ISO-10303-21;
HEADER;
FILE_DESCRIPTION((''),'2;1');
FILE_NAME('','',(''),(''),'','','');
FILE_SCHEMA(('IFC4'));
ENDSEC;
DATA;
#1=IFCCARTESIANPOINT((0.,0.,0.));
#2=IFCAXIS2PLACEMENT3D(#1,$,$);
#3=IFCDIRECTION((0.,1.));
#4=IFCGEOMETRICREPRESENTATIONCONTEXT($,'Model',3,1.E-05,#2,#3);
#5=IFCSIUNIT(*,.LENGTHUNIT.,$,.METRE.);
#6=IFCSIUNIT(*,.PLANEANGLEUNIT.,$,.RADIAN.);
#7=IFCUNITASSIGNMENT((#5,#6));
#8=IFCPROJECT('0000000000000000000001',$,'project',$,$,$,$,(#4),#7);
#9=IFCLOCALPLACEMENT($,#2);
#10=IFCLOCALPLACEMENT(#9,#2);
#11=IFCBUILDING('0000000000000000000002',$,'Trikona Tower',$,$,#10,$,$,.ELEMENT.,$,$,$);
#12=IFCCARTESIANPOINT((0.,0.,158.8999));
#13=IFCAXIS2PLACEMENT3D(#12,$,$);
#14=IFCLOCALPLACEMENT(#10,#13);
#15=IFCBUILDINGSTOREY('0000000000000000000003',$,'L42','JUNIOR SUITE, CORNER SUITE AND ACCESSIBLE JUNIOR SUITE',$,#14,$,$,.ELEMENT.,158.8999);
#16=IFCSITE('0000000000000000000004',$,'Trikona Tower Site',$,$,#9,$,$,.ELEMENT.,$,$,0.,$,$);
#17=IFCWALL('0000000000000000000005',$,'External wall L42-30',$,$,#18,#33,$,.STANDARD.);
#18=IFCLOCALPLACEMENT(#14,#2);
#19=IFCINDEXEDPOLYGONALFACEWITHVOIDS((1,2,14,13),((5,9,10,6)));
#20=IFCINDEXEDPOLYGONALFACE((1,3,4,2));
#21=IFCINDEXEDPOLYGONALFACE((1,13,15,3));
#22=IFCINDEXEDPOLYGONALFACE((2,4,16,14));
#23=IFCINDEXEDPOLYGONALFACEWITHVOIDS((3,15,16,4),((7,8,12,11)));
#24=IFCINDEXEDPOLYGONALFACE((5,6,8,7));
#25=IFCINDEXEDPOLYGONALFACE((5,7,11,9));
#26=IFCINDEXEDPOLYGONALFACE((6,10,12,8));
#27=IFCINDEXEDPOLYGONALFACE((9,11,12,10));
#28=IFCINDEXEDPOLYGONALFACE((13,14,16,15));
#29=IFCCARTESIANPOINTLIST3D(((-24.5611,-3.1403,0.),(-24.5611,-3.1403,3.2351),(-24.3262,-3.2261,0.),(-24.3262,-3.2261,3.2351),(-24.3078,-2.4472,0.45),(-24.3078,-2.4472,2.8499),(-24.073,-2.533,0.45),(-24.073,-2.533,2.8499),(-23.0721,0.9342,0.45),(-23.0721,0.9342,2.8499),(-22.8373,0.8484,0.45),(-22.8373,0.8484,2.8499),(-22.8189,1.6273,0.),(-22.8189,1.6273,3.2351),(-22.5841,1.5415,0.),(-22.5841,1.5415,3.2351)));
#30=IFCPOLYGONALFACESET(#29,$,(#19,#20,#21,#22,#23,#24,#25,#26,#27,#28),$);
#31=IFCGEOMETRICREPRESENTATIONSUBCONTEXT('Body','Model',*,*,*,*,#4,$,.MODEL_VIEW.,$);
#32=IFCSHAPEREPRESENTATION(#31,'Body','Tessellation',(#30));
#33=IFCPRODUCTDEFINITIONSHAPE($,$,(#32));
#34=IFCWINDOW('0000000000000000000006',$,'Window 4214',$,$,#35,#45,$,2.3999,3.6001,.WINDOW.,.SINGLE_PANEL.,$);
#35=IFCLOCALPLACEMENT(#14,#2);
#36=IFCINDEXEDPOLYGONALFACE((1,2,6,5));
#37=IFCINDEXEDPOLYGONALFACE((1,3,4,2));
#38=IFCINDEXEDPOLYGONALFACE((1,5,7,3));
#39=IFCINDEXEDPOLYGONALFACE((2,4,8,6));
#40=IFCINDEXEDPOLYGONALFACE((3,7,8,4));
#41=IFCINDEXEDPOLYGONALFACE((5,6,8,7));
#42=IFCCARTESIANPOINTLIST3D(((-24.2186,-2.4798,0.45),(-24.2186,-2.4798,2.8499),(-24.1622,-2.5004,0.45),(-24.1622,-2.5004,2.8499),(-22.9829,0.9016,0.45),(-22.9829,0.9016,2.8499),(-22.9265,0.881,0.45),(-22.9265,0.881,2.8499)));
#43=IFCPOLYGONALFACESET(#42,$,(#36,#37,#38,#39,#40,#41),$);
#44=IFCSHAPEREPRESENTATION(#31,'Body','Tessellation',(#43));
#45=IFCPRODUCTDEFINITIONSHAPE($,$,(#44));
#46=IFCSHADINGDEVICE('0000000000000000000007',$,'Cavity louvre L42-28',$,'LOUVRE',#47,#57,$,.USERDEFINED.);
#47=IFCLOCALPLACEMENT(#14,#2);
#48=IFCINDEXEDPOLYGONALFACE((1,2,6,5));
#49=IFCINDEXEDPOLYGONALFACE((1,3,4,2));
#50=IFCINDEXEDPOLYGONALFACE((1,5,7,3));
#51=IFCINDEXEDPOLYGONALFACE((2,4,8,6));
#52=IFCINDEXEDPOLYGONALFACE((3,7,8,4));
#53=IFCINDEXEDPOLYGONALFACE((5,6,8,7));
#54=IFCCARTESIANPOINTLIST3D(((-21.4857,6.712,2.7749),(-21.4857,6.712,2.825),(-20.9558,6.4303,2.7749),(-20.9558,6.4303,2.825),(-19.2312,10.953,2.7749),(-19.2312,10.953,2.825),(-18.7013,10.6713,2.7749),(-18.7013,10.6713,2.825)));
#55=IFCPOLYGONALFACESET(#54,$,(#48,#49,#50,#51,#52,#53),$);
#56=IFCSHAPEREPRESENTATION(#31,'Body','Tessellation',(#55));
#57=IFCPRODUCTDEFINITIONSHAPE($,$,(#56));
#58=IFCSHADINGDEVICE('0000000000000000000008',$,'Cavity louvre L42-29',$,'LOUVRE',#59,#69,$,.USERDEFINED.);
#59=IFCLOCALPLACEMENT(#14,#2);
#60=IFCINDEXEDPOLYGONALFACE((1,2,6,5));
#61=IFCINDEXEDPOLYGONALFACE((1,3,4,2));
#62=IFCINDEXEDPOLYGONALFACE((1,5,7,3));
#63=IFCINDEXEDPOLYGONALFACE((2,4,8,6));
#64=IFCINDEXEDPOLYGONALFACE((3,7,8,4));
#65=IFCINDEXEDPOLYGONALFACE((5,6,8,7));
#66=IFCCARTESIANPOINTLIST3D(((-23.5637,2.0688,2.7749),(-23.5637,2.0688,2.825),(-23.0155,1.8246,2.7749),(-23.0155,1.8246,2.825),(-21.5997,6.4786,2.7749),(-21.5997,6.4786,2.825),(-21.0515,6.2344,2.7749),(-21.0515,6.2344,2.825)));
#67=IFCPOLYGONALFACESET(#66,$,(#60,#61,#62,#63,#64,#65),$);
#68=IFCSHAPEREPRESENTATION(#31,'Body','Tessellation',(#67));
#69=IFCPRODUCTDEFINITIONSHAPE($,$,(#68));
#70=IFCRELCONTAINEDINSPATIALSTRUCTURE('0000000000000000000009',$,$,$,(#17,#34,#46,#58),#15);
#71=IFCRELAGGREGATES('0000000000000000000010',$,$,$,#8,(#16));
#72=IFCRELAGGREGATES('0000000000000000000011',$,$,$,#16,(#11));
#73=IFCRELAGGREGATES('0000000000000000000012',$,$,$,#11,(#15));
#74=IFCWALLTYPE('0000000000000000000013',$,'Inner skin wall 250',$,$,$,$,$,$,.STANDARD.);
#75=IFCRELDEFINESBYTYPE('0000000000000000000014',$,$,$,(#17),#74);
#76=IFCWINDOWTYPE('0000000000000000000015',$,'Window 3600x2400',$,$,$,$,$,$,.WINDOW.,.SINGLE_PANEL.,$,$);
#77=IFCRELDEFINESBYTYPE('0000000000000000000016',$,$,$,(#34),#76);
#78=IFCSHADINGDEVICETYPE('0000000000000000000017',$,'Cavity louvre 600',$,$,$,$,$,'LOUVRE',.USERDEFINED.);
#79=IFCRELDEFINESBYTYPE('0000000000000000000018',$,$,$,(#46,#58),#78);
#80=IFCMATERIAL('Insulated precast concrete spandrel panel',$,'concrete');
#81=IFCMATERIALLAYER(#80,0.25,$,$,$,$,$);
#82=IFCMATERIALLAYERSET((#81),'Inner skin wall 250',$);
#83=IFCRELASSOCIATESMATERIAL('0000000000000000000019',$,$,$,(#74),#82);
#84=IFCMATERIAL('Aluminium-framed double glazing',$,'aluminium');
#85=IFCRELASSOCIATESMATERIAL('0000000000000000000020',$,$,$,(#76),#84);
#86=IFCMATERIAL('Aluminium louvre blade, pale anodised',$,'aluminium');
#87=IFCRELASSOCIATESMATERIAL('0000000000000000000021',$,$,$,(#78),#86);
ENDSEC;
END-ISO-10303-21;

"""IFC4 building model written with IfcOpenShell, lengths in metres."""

from ifc_helpers import new_model, si_unit, direction, frame, frame_2d, origin, origin_2d, place, context, subcontext, project, spatial, rectangle, extrude, material, layer, layer_set, type_object, element, fill, save


model = new_model("IFC4")

# Units and contexts
model_context = context("Model", 3, precision=1e-05, world=origin(), true_north=direction((0.0, 1.0)))
body_context = subcontext(model_context, "Body", "Model", "MODEL_VIEW")
ifc_project = project(units=[si_unit("LENGTHUNIT", "METRE"), si_unit("PLANEANGLEUNIT", "RADIAN")], contexts=[model_context])

# Site, building, storey
site_placement = place(None, origin())
site = spatial("IfcSite", under=ifc_project, at=site_placement, Name="Trikona Tower Site", CompositionType="ELEMENT", RefElevation=0.0)
building_placement = place(site_placement, origin())
building = spatial("IfcBuilding", under=site, at=building_placement, Name="Trikona Tower", CompositionType="ELEMENT")
storey_placement = place(building_placement, frame((0.0, 0.0, 158.8999)))
storey = spatial("IfcBuildingStorey", under=building, at=storey_placement, Name="L42", Description="JUNIOR SUITE, CORNER SUITE AND ACCESSIBLE JUNIOR SUITE", CompositionType="ELEMENT", Elevation=158.8999)

# Wall, opening, window
ifc_material_1 = material(Name="Insulated precast concrete spandrel panel", Category="concrete")
ifc_layer_1 = layer(ifc_material_1, 0.25)
ifc_layer_set_1 = layer_set([ifc_layer_1], Name="Inner skin wall 250")
wall_type = type_object("IfcWallType", Name="Inner skin wall 250", PredefinedType="STANDARD", material=ifc_layer_set_1)
ifc_material_2 = material(Name="Aluminium-framed double glazing", Category="aluminium")
window_type = type_object("IfcWindowType", Name="Window 3600x2400", PartitioningType="SINGLE_PANEL", PredefinedType="WINDOW", material=ifc_material_2)
wall_1_placement = place(storey_placement, frame((-22.7014, 1.5845, 0.0), z_axis=(0.0, 0.0, 1.0), x_axis=(-0.343226, -0.939253, 0.0)))
wall_1 = element("IfcWall", 1, at=wall_1_placement, inside=storey, type_object=wall_type, Name="External wall L42-30", PredefinedType="STANDARD", context=body_context, shape_type="SweptSolid", body=[
    extrude(rectangle(XDim=5.0759, YDim=0.25, at=frame_2d((2.5381, 0.0))), origin(), (0.0, 0.0, 1.0), 3.2351),
])
opening_1_placement = place(wall_1_placement, frame((0.738, 0.0, 0.45)))
opening_1 = element("IfcOpeningElement", 2, at=opening_1_placement, cuts=wall_1, PredefinedType="OPENING", context=body_context, shape_type="SweptSolid", body=[
    extrude(rectangle(XDim=3.6001, YDim=2.3999, at=frame_2d((1.8, 1.2))), frame((0.0, 0.135, 0.0), z_axis=(0.0, -1.0, 0.0), x_axis=(1.0, 0.0, 0.0)), (0.0, 0.0, 1.0), 0.27),
])
window_1_placement = place(opening_1_placement, origin())
window_1 = element("IfcWindow", 3, at=window_1_placement, inside=storey, type_object=window_type, Name="Window 4214", OverallHeight=2.3999, OverallWidth=3.6001, PartitioningType="SINGLE_PANEL", PredefinedType="WINDOW", context=body_context, shape_type="SweptSolid", body=[
    extrude(rectangle(XDim=3.6001, YDim=2.3999, at=frame_2d((1.8, 1.2))), frame((0.0, 0.03, 0.0), z_axis=(0.0, -1.0, 0.0), x_axis=(1.0, 0.0, 0.0)), (0.0, 0.0, 1.0), 0.0601),
])
fill(opening_1, window_1)

# Shading devices
ifc_material_3 = material(Name="Aluminium louvre blade, pale anodised", Category="aluminium")
shading_device_type = type_object("IfcShadingDeviceType", Name="Cavity louvre 600", ElementType="LOUVRE", PredefinedType="USERDEFINED", material=ifc_material_3)
shading_device_1_placement = place(storey_placement, frame((-20.0935, 8.6917, 2.7749), z_axis=(0.0, 0.0, 1.0), x_axis=(-0.469398, -0.882987, 0.0)))
element("IfcShadingDevice", 4, at=shading_device_1_placement, inside=storey, type_object=shading_device_type, Name="Cavity louvre L42-28", ObjectType="LOUVRE", PredefinedType="USERDEFINED", context=body_context, shape_type="SweptSolid", body=[
    extrude(rectangle(XDim=4.803, YDim=0.6001, at=origin_2d()), origin(), (0.0, 0.0, 1.0), 0.05),
])
shading_device_2_placement = place(storey_placement, frame((-22.3076, 4.1516, 2.7749), z_axis=(0.0, 0.0, 1.0), x_axis=(-0.406843, -0.913498, 0.0)))
element("IfcShadingDevice", 5, at=shading_device_2_placement, inside=storey, type_object=shading_device_type, Name="Cavity louvre L42-29", ObjectType="LOUVRE", PredefinedType="USERDEFINED", context=body_context, shape_type="SweptSolid", body=[
    extrude(rectangle(XDim=4.8274, YDim=0.6001, at=origin_2d()), origin(), (0.0, 0.0, 1.0), 0.05),
])

save(model, "model.ifc")
